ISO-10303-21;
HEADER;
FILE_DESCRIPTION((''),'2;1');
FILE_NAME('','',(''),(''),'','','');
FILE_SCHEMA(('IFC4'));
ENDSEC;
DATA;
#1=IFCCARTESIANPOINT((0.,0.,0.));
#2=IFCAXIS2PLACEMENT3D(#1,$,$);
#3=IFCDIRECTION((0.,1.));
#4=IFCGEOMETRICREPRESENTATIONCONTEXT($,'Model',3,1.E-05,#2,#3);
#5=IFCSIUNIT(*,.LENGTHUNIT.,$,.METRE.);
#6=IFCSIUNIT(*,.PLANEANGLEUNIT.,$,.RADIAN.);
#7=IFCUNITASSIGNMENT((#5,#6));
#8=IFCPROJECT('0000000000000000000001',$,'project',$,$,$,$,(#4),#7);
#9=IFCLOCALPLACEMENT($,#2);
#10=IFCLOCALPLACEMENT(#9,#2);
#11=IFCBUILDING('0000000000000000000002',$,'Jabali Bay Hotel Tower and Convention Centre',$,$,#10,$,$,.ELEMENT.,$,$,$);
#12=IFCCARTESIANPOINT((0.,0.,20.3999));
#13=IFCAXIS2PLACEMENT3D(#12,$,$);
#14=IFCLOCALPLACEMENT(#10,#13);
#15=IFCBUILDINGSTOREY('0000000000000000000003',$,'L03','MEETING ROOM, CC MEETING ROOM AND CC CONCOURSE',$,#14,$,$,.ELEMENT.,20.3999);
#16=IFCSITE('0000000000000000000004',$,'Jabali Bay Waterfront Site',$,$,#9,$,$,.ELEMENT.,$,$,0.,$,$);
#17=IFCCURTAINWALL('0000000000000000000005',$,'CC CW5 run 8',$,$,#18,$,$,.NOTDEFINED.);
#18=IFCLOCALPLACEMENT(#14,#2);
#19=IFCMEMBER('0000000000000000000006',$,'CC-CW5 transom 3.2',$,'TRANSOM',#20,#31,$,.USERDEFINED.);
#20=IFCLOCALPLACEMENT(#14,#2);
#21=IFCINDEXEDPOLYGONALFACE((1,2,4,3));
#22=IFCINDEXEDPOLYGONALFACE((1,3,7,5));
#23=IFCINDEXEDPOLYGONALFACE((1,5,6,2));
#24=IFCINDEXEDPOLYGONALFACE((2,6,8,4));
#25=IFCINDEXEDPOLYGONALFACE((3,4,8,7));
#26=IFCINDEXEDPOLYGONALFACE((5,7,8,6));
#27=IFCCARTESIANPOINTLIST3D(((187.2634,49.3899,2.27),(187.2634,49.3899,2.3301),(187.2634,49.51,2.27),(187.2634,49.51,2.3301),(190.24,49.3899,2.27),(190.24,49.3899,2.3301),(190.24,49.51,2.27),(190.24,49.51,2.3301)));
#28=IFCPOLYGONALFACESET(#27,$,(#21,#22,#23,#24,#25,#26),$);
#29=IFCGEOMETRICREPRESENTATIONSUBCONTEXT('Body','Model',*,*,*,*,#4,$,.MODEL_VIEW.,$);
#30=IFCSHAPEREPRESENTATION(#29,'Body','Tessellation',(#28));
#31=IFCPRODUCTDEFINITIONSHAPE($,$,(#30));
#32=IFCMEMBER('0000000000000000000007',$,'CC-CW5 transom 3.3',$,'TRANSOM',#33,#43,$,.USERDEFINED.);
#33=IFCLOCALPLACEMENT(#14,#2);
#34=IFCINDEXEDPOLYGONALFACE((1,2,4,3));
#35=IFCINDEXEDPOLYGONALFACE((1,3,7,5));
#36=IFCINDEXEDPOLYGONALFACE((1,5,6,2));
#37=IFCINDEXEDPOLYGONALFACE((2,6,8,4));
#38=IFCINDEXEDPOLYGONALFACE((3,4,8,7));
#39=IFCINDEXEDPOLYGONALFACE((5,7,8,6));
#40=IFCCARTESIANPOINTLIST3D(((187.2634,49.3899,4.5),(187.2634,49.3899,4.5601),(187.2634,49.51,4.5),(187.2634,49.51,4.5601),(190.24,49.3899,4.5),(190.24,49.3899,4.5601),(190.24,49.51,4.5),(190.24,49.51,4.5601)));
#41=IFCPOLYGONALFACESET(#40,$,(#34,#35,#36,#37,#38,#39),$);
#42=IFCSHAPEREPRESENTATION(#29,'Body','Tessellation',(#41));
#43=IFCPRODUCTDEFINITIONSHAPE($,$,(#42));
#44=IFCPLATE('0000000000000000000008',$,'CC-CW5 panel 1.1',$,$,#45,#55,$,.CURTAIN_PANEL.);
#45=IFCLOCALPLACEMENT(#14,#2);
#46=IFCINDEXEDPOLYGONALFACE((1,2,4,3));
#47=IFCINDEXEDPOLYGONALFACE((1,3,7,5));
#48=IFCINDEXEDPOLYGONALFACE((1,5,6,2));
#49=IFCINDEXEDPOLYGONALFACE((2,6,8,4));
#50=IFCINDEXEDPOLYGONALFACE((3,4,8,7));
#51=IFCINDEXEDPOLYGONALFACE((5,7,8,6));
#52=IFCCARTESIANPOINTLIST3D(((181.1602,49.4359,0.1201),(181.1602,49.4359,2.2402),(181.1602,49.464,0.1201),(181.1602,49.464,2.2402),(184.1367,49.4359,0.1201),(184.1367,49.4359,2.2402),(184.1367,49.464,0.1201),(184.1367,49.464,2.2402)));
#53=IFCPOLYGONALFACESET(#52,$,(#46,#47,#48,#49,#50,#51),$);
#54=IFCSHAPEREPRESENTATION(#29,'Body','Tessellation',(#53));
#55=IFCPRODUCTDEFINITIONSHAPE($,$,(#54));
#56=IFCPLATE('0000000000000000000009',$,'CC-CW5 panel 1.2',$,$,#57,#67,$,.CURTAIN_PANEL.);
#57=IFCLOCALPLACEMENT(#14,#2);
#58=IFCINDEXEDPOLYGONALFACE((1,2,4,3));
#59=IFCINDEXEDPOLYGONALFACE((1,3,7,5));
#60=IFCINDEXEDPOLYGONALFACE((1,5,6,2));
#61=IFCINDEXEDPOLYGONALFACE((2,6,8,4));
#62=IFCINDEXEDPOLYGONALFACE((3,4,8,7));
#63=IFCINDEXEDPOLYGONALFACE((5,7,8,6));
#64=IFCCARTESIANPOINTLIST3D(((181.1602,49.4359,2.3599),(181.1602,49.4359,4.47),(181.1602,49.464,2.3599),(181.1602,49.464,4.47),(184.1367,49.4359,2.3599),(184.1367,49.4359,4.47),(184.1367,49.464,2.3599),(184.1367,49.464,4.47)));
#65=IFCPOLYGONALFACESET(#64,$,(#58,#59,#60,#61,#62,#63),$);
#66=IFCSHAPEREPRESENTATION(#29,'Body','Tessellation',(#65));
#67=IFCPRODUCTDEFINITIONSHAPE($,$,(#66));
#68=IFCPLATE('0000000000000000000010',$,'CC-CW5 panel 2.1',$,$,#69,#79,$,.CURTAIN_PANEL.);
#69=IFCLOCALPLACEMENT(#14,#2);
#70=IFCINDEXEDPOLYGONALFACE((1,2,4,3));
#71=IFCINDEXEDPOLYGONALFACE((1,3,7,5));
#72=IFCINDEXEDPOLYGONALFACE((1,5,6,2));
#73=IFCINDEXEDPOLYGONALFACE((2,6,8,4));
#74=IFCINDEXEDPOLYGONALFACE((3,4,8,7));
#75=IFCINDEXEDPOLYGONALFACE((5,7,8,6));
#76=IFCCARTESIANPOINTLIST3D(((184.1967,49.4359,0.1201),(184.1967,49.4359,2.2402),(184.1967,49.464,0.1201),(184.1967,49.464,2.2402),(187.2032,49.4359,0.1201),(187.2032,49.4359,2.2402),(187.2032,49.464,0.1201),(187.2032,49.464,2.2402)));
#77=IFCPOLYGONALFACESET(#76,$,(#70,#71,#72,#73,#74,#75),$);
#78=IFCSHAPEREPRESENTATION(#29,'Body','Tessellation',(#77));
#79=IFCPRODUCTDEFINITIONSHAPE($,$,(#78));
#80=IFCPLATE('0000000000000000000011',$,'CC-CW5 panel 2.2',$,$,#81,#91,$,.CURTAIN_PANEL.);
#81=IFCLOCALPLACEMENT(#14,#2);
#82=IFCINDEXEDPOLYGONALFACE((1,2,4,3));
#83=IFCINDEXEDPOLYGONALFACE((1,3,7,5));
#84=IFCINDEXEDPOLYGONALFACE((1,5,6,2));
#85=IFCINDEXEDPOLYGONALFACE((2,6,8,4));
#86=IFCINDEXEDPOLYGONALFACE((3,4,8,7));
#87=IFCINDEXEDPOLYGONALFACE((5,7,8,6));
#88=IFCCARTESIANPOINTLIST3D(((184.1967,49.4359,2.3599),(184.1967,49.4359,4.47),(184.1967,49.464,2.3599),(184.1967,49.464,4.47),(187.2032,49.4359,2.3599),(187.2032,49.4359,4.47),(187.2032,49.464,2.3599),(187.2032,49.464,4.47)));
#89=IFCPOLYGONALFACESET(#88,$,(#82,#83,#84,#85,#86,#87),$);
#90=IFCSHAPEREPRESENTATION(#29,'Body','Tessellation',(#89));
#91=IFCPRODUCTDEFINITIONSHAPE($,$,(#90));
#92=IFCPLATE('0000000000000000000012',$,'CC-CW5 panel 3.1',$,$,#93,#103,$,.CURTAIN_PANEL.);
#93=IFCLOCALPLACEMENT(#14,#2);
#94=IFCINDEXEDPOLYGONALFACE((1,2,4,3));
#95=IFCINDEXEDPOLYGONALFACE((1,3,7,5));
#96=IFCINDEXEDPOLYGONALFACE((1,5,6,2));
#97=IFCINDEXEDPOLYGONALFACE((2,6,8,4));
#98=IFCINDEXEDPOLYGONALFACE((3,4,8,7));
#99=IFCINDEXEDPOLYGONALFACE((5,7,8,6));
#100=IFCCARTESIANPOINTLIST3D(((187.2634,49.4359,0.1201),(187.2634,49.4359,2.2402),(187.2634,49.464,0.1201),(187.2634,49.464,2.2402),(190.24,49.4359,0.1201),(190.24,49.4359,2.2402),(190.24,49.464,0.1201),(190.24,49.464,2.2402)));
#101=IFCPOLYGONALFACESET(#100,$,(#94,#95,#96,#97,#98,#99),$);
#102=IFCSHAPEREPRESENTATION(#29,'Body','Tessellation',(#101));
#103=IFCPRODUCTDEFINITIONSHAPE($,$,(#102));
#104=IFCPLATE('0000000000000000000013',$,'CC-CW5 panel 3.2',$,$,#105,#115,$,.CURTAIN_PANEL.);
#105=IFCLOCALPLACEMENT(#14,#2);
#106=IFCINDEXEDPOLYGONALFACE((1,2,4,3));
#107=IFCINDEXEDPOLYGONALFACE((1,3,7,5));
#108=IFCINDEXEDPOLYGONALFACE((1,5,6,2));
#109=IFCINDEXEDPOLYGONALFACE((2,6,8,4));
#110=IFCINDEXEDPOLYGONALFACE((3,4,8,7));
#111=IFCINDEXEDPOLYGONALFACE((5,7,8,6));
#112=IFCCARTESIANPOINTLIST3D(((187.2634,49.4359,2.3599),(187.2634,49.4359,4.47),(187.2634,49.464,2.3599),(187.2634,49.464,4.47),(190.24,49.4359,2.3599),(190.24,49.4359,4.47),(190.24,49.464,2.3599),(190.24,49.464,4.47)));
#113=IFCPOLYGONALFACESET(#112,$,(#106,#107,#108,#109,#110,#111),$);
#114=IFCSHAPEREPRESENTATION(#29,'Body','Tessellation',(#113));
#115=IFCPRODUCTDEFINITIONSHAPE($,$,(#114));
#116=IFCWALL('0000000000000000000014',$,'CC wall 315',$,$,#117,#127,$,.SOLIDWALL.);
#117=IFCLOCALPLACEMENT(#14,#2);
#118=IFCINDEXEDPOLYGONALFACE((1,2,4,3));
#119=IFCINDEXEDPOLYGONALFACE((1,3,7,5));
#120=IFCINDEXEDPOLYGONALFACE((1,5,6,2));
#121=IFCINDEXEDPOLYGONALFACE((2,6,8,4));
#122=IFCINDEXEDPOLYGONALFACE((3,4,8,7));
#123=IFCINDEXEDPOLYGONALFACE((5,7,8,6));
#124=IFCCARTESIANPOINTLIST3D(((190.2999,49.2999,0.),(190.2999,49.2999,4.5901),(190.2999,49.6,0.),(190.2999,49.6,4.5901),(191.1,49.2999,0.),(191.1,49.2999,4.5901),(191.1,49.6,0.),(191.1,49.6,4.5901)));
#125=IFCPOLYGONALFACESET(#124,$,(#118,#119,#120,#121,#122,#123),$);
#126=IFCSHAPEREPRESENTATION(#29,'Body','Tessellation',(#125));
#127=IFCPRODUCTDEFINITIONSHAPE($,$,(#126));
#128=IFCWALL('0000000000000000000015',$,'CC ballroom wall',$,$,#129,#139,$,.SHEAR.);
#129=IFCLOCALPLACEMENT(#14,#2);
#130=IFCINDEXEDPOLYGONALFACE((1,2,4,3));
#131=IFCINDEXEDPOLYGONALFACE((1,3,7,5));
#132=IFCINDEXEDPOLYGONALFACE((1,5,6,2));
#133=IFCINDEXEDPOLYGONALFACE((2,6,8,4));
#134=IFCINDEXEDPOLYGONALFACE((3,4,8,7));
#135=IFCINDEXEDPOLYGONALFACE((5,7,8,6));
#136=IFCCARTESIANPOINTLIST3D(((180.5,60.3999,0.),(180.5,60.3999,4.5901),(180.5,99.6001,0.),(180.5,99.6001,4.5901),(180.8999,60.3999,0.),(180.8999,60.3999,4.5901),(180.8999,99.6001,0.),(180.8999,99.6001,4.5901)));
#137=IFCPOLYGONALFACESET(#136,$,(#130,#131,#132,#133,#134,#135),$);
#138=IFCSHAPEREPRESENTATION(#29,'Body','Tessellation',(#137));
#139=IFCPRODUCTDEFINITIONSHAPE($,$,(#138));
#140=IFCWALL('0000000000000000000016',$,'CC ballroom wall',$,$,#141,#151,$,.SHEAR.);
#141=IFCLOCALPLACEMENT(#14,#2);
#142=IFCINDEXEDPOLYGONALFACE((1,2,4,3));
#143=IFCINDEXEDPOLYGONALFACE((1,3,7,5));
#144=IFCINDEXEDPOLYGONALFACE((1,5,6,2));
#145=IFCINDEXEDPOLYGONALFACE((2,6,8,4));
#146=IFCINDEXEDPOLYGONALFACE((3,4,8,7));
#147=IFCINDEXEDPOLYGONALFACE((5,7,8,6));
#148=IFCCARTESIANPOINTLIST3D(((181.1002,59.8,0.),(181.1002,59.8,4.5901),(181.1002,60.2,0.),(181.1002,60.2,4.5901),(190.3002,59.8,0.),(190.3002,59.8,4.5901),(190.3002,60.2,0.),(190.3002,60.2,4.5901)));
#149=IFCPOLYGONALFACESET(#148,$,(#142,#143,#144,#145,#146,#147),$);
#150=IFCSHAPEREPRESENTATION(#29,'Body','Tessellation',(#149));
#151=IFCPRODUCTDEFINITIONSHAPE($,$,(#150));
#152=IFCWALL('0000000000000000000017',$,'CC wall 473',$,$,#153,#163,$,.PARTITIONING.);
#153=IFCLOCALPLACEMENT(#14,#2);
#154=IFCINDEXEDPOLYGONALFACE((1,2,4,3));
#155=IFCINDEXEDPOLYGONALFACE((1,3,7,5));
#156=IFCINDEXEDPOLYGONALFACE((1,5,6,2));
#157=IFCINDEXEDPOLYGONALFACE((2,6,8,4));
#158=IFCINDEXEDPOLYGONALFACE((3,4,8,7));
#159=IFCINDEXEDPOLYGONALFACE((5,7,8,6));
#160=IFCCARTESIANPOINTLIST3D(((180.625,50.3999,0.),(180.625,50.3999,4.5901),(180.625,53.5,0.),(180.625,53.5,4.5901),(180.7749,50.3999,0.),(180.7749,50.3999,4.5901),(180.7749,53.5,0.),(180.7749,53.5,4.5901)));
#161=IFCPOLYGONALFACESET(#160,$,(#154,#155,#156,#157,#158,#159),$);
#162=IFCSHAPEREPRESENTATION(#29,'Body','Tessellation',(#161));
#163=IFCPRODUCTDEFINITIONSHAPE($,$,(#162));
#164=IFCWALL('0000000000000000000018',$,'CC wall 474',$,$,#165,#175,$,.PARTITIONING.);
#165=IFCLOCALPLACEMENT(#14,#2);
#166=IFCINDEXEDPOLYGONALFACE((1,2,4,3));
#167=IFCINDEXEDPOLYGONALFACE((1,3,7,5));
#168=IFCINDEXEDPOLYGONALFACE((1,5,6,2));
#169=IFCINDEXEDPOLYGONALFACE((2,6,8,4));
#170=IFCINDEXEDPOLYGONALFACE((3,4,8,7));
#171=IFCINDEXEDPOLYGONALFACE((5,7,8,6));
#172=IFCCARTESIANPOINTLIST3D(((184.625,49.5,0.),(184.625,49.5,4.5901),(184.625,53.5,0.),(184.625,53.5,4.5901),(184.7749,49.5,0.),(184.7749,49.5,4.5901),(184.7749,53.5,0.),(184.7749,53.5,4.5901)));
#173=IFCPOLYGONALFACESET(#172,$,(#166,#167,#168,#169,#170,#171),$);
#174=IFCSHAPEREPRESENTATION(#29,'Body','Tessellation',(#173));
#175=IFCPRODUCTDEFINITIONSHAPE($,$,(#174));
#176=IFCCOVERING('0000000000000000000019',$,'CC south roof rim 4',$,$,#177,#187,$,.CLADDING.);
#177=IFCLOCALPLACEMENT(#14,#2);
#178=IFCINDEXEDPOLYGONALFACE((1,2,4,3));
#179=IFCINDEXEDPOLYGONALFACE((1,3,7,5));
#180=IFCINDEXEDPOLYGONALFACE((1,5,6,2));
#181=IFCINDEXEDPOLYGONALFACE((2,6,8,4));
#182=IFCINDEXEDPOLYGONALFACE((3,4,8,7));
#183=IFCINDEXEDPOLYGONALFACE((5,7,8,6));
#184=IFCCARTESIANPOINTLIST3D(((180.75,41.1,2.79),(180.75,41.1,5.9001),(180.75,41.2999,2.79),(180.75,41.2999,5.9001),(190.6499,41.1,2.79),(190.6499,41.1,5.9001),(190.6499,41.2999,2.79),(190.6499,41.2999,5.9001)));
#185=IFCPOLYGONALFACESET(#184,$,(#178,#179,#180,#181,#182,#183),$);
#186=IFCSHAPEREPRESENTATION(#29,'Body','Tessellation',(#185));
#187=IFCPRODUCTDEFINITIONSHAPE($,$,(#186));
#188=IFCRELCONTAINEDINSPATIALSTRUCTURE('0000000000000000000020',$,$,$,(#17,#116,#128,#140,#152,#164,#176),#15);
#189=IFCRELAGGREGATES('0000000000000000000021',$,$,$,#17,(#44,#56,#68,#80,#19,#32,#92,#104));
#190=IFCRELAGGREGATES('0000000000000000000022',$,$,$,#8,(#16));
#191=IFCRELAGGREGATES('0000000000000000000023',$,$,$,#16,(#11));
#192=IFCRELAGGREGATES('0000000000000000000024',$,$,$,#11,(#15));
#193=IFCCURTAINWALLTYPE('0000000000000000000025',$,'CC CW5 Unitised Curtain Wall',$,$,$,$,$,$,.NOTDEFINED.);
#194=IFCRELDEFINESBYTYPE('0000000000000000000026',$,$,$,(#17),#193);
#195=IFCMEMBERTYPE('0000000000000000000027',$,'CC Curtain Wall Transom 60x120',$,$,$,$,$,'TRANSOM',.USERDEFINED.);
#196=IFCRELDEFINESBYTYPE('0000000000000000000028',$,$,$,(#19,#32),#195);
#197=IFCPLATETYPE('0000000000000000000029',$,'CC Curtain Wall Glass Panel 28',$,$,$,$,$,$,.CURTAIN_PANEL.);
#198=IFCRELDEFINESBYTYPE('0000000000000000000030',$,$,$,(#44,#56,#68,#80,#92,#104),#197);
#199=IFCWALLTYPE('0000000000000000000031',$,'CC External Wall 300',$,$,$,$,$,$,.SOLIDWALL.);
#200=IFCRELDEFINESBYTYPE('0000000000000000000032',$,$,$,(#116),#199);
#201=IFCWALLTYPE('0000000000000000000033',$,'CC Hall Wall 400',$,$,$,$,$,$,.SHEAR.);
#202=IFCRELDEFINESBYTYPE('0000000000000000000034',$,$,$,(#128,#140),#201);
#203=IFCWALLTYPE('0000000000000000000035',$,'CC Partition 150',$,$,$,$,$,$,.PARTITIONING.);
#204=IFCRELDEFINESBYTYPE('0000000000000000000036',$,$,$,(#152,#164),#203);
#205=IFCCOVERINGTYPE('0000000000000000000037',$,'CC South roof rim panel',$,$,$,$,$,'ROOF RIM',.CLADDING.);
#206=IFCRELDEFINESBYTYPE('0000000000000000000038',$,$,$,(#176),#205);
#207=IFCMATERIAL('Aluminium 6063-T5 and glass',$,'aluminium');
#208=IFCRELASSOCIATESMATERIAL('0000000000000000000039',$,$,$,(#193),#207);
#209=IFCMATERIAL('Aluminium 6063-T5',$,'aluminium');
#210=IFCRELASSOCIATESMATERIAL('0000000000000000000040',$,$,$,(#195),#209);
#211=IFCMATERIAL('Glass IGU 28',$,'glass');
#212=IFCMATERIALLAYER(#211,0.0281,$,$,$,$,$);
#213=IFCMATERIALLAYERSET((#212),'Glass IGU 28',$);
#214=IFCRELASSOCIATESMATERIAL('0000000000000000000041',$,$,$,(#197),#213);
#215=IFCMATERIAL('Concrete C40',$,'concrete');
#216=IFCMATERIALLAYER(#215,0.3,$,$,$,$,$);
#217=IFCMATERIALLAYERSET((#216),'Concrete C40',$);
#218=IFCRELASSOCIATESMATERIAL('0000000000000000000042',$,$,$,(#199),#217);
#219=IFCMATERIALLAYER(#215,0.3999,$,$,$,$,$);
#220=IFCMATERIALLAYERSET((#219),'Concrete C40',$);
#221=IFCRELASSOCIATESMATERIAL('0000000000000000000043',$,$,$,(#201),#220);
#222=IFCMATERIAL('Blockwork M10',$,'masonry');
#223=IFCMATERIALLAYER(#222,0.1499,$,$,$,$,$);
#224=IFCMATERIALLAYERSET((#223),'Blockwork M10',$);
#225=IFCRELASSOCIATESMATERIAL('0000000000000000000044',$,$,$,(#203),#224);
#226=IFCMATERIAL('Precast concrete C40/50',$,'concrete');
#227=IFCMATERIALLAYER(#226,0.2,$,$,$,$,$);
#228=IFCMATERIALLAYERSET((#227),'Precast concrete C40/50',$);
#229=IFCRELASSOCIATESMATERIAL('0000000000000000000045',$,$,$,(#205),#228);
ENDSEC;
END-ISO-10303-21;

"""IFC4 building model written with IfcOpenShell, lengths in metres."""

from ifc_helpers import new_model, si_unit, direction, frame, frame_2d, origin, origin_2d, place, context, subcontext, project, spatial, rectangle, extrude, material, layer, layer_set, material_profile, profile_set, type_object, element, aggregate, save


model = new_model("IFC4")

# Units and contexts
model_context = context("Model", 3, precision=1e-05, world=origin(), true_north=direction((0.0, 1.0)))
body_context = subcontext(model_context, "Body", "Model", "MODEL_VIEW")
ifc_project = project(units=[si_unit("LENGTHUNIT", "METRE"), si_unit("PLANEANGLEUNIT", "RADIAN")], contexts=[model_context])

# Site, building, storey
site_placement = place(None, origin())
site = spatial("IfcSite", under=ifc_project, at=site_placement, Name="Jabali Bay Waterfront Site", CompositionType="ELEMENT", RefElevation=0.0)
building_placement = place(site_placement, origin())
building = spatial("IfcBuilding", under=site, at=building_placement, Name="Jabali Bay Hotel Tower and Convention Centre", CompositionType="ELEMENT")
storey_placement = place(building_placement, frame((0.0, 0.0, 20.3999)))
storey = spatial("IfcBuildingStorey", under=building, at=storey_placement, Name="L03", Description="MEETING ROOM, CC MEETING ROOM AND CC CONCOURSE", CompositionType="ELEMENT", Elevation=20.3999)

# Curtain wall, members, plates
ifc_material_1 = material(Name="Aluminium 6063-T5 and glass", Category="aluminium")
curtain_wall_type = type_object("IfcCurtainWallType", Name="CC CW5 Unitised Curtain Wall", PredefinedType="NOTDEFINED", material=ifc_material_1)
curtain_wall_placement = place(storey_placement, origin())
curtain_wall = element("IfcCurtainWall", 1, at=curtain_wall_placement, inside=storey, type_object=curtain_wall_type, Name="CC CW5 run 8", PredefinedType="NOTDEFINED")
ifc_material_2 = material(Name="Aluminium 6063-T5", Category="aluminium")
ifc_material_profile_1 = material_profile(ifc_material_2, rectangle(XDim=0.1201, YDim=0.0601, at=origin_2d()), Name="AL 120x60")
ifc_profile_set_1 = profile_set([ifc_material_profile_1], Name="Aluminium 6063-T5")
member_type_1 = type_object("IfcMemberType", Name="CC Curtain Wall Transom 60x120", ElementType="TRANSOM", PredefinedType="USERDEFINED", material=ifc_profile_set_1)
member_1_placement = place(storey_placement, frame((187.2634, 49.45, 2.3), z_axis=(1.0, 0.0, 0.0), x_axis=(0.0, 1.0, 0.0)))
member_1 = element("IfcMember", 2, at=member_1_placement, type_object=member_type_1, Name="CC-CW5 transom 3.2", ObjectType="TRANSOM", PredefinedType="USERDEFINED", context=body_context, shape_type="SweptSolid", body=[
    extrude(rectangle(XDim=0.1201, YDim=0.0601, at=origin_2d()), origin(), (0.0, 0.0, 1.0), 2.9766),
])
member_2_placement = place(storey_placement, frame((187.2634, 49.45, 4.53), z_axis=(1.0, 0.0, 0.0), x_axis=(0.0, 1.0, 0.0)))
member_2 = element("IfcMember", 3, at=member_2_placement, type_object=member_type_1, Name="CC-CW5 transom 3.3", ObjectType="TRANSOM", PredefinedType="USERDEFINED", context=body_context, shape_type="SweptSolid", body=[
    extrude(rectangle(XDim=0.1201, YDim=0.0601, at=origin_2d()), origin(), (0.0, 0.0, 1.0), 2.9766),
])
ifc_material_3 = material(Name="Glass IGU 28", Category="glass")
ifc_layer_1 = layer(ifc_material_3, 0.0281)
ifc_layer_set_1 = layer_set([ifc_layer_1], Name="Glass IGU 28")
plate_type = type_object("IfcPlateType", Name="CC Curtain Wall Glass Panel 28", PredefinedType="CURTAIN_PANEL", material=ifc_layer_set_1)
plate_1_placement = place(storey_placement, frame((182.6484, 49.45, 0.1201), z_axis=(0.0, 0.0, 1.0), x_axis=(1.0, 0.0, 0.0)))
plate_1 = element("IfcPlate", 4, at=plate_1_placement, type_object=plate_type, Name="CC-CW5 panel 1.1", PredefinedType="CURTAIN_PANEL", context=body_context, shape_type="SweptSolid", body=[
    extrude(rectangle(XDim=2.9766, YDim=0.0281, at=origin_2d()), origin(), (0.0, 0.0, 1.0), 2.1201),
])
plate_2_placement = place(storey_placement, frame((182.6484, 49.45, 2.3599), z_axis=(0.0, 0.0, 1.0), x_axis=(1.0, 0.0, 0.0)))
plate_2 = element("IfcPlate", 5, at=plate_2_placement, type_object=plate_type, Name="CC-CW5 panel 1.2", PredefinedType="CURTAIN_PANEL", context=body_context, shape_type="SweptSolid", body=[
    extrude(rectangle(XDim=2.9766, YDim=0.0281, at=origin_2d()), origin(), (0.0, 0.0, 1.0), 2.1101),
])
plate_3_placement = place(storey_placement, frame((185.7, 49.45, 0.1201), z_axis=(0.0, 0.0, 1.0), x_axis=(1.0, 0.0, 0.0)))
plate_3 = element("IfcPlate", 6, at=plate_3_placement, type_object=plate_type, Name="CC-CW5 panel 2.1", PredefinedType="CURTAIN_PANEL", context=body_context, shape_type="SweptSolid", body=[
    extrude(rectangle(XDim=3.0066, YDim=0.0281, at=origin_2d()), origin(), (0.0, 0.0, 1.0), 2.1201),
])
plate_4_placement = place(storey_placement, frame((185.7, 49.45, 2.3599), z_axis=(0.0, 0.0, 1.0), x_axis=(1.0, 0.0, 0.0)))
plate_4 = element("IfcPlate", 7, at=plate_4_placement, type_object=plate_type, Name="CC-CW5 panel 2.2", PredefinedType="CURTAIN_PANEL", context=body_context, shape_type="SweptSolid", body=[
    extrude(rectangle(XDim=3.0066, YDim=0.0281, at=origin_2d()), origin(), (0.0, 0.0, 1.0), 2.1101),
])
plate_5_placement = place(storey_placement, frame((188.7517, 49.45, 0.1201), z_axis=(0.0, 0.0, 1.0), x_axis=(1.0, 0.0, 0.0)))
plate_5 = element("IfcPlate", 8, at=plate_5_placement, type_object=plate_type, Name="CC-CW5 panel 3.1", PredefinedType="CURTAIN_PANEL", context=body_context, shape_type="SweptSolid", body=[
    extrude(rectangle(XDim=2.9766, YDim=0.0281, at=origin_2d()), origin(), (0.0, 0.0, 1.0), 2.1201),
])
plate_6_placement = place(storey_placement, frame((188.7517, 49.45, 2.3599), z_axis=(0.0, 0.0, 1.0), x_axis=(1.0, 0.0, 0.0)))
plate_6 = element("IfcPlate", 9, at=plate_6_placement, type_object=plate_type, Name="CC-CW5 panel 3.2", PredefinedType="CURTAIN_PANEL", context=body_context, shape_type="SweptSolid", body=[
    extrude(rectangle(XDim=2.9766, YDim=0.0281, at=origin_2d()), origin(), (0.0, 0.0, 1.0), 2.1101),
])
aggregate(curtain_wall, [plate_1, plate_2, plate_3, plate_4, member_1, member_2, plate_5, plate_6])

# Walls
ifc_material_4 = material(Name="Concrete C40", Category="concrete")
ifc_layer_2 = layer(ifc_material_4, 0.3)
ifc_layer_set_2 = layer_set([ifc_layer_2], Name="Concrete C40")
wall_type_1 = type_object("IfcWallType", Name="CC External Wall 300", PredefinedType="SOLIDWALL", material=ifc_layer_set_2)
wall_1_placement = place(storey_placement, frame((190.3, 49.45, 0.0), z_axis=(0.0, 0.0, 1.0), x_axis=(1.0, 0.0, 0.0)))
element("IfcWall", 10, at=wall_1_placement, inside=storey, type_object=wall_type_1, Name="CC wall 315", PredefinedType="SOLIDWALL", context=body_context, shape_type="SweptSolid", body=[
    extrude(rectangle(XDim=0.8, YDim=0.3, at=frame_2d((0.3999, 0.0))), origin(), (0.0, 0.0, 1.0), 4.5901),
])
ifc_layer_3 = layer(ifc_material_4, 0.3999)
ifc_layer_set_3 = layer_set([ifc_layer_3], Name="Concrete C40")
wall_type_2 = type_object("IfcWallType", Name="CC Hall Wall 400", PredefinedType="SHEAR", material=ifc_layer_set_3)
wall_2_placement = place(storey_placement, frame((180.7, 60.3999, 0.0), z_axis=(0.0, 0.0, 1.0), x_axis=(0.0, 1.0, 0.0)))
element("IfcWall", 11, at=wall_2_placement, inside=storey, type_object=wall_type_2, Name="CC ballroom wall", PredefinedType="SHEAR", context=body_context, shape_type="SweptSolid", body=[
    extrude(rectangle(XDim=39.2002, YDim=0.3999, at=frame_2d((19.6001, 0.0))), origin(), (0.0, 0.0, 1.0), 4.5901),
])
wall_3_placement = place(storey_placement, frame((181.1001, 60.0, 0.0), z_axis=(0.0, 0.0, 1.0), x_axis=(1.0, 0.0, 0.0)))
element("IfcWall", 12, at=wall_3_placement, inside=storey, type_object=wall_type_2, Name="CC ballroom wall", PredefinedType="SHEAR", context=body_context, shape_type="SweptSolid", body=[
    extrude(rectangle(XDim=9.2, YDim=0.3999, at=frame_2d((4.6001, 0.0))), origin(), (0.0, 0.0, 1.0), 4.5901),
])
ifc_material_5 = material(Name="Blockwork M10", Category="masonry")
ifc_layer_4 = layer(ifc_material_5, 0.1499)
ifc_layer_set_4 = layer_set([ifc_layer_4], Name="Blockwork M10")
wall_type_3 = type_object("IfcWallType", Name="CC Partition 150", PredefinedType="PARTITIONING", material=ifc_layer_set_4)
wall_4_placement = place(storey_placement, frame((180.7, 50.3999, 0.0), z_axis=(0.0, 0.0, 1.0), x_axis=(0.0, 1.0, 0.0)))
element("IfcWall", 13, at=wall_4_placement, inside=storey, type_object=wall_type_3, Name="CC wall 473", PredefinedType="PARTITIONING", context=body_context, shape_type="SweptSolid", body=[
    extrude(rectangle(XDim=3.1001, YDim=0.1499, at=frame_2d((1.55, 0.0))), origin(), (0.0, 0.0, 1.0), 4.5901),
])
wall_5_placement = place(storey_placement, frame((184.7, 49.5, 0.0), z_axis=(0.0, 0.0, 1.0), x_axis=(0.0, 1.0, 0.0)))
element("IfcWall", 14, at=wall_5_placement, inside=storey, type_object=wall_type_3, Name="CC wall 474", PredefinedType="PARTITIONING", context=body_context, shape_type="SweptSolid", body=[
    extrude(rectangle(XDim=4.0, YDim=0.1499, at=frame_2d((2.0, 0.0))), origin(), (0.0, 0.0, 1.0), 4.5901),
])

# Covering
ifc_material_6 = material(Name="Precast concrete C40/50", Category="concrete")
ifc_layer_5 = layer(ifc_material_6, 0.2)
ifc_layer_set_5 = layer_set([ifc_layer_5], Name="Precast concrete C40/50")
covering_type = type_object("IfcCoveringType", Name="CC South roof rim panel", ElementType="ROOF RIM", PredefinedType="CLADDING", material=ifc_layer_set_5)
covering_placement = place(storey_placement, frame((185.7, 41.2, 2.79), z_axis=(0.0, 0.0, 1.0), x_axis=(1.0, 0.0, 0.0)))
element("IfcCovering", 15, at=covering_placement, inside=storey, type_object=covering_type, Name="CC south roof rim 4", PredefinedType="CLADDING", context=body_context, shape_type="SweptSolid", body=[
    extrude(rectangle(XDim=9.8999, YDim=0.2, at=origin_2d()), origin(), (0.0, 0.0, 1.0), 3.1101),
])

save(model, "model.ifc")
